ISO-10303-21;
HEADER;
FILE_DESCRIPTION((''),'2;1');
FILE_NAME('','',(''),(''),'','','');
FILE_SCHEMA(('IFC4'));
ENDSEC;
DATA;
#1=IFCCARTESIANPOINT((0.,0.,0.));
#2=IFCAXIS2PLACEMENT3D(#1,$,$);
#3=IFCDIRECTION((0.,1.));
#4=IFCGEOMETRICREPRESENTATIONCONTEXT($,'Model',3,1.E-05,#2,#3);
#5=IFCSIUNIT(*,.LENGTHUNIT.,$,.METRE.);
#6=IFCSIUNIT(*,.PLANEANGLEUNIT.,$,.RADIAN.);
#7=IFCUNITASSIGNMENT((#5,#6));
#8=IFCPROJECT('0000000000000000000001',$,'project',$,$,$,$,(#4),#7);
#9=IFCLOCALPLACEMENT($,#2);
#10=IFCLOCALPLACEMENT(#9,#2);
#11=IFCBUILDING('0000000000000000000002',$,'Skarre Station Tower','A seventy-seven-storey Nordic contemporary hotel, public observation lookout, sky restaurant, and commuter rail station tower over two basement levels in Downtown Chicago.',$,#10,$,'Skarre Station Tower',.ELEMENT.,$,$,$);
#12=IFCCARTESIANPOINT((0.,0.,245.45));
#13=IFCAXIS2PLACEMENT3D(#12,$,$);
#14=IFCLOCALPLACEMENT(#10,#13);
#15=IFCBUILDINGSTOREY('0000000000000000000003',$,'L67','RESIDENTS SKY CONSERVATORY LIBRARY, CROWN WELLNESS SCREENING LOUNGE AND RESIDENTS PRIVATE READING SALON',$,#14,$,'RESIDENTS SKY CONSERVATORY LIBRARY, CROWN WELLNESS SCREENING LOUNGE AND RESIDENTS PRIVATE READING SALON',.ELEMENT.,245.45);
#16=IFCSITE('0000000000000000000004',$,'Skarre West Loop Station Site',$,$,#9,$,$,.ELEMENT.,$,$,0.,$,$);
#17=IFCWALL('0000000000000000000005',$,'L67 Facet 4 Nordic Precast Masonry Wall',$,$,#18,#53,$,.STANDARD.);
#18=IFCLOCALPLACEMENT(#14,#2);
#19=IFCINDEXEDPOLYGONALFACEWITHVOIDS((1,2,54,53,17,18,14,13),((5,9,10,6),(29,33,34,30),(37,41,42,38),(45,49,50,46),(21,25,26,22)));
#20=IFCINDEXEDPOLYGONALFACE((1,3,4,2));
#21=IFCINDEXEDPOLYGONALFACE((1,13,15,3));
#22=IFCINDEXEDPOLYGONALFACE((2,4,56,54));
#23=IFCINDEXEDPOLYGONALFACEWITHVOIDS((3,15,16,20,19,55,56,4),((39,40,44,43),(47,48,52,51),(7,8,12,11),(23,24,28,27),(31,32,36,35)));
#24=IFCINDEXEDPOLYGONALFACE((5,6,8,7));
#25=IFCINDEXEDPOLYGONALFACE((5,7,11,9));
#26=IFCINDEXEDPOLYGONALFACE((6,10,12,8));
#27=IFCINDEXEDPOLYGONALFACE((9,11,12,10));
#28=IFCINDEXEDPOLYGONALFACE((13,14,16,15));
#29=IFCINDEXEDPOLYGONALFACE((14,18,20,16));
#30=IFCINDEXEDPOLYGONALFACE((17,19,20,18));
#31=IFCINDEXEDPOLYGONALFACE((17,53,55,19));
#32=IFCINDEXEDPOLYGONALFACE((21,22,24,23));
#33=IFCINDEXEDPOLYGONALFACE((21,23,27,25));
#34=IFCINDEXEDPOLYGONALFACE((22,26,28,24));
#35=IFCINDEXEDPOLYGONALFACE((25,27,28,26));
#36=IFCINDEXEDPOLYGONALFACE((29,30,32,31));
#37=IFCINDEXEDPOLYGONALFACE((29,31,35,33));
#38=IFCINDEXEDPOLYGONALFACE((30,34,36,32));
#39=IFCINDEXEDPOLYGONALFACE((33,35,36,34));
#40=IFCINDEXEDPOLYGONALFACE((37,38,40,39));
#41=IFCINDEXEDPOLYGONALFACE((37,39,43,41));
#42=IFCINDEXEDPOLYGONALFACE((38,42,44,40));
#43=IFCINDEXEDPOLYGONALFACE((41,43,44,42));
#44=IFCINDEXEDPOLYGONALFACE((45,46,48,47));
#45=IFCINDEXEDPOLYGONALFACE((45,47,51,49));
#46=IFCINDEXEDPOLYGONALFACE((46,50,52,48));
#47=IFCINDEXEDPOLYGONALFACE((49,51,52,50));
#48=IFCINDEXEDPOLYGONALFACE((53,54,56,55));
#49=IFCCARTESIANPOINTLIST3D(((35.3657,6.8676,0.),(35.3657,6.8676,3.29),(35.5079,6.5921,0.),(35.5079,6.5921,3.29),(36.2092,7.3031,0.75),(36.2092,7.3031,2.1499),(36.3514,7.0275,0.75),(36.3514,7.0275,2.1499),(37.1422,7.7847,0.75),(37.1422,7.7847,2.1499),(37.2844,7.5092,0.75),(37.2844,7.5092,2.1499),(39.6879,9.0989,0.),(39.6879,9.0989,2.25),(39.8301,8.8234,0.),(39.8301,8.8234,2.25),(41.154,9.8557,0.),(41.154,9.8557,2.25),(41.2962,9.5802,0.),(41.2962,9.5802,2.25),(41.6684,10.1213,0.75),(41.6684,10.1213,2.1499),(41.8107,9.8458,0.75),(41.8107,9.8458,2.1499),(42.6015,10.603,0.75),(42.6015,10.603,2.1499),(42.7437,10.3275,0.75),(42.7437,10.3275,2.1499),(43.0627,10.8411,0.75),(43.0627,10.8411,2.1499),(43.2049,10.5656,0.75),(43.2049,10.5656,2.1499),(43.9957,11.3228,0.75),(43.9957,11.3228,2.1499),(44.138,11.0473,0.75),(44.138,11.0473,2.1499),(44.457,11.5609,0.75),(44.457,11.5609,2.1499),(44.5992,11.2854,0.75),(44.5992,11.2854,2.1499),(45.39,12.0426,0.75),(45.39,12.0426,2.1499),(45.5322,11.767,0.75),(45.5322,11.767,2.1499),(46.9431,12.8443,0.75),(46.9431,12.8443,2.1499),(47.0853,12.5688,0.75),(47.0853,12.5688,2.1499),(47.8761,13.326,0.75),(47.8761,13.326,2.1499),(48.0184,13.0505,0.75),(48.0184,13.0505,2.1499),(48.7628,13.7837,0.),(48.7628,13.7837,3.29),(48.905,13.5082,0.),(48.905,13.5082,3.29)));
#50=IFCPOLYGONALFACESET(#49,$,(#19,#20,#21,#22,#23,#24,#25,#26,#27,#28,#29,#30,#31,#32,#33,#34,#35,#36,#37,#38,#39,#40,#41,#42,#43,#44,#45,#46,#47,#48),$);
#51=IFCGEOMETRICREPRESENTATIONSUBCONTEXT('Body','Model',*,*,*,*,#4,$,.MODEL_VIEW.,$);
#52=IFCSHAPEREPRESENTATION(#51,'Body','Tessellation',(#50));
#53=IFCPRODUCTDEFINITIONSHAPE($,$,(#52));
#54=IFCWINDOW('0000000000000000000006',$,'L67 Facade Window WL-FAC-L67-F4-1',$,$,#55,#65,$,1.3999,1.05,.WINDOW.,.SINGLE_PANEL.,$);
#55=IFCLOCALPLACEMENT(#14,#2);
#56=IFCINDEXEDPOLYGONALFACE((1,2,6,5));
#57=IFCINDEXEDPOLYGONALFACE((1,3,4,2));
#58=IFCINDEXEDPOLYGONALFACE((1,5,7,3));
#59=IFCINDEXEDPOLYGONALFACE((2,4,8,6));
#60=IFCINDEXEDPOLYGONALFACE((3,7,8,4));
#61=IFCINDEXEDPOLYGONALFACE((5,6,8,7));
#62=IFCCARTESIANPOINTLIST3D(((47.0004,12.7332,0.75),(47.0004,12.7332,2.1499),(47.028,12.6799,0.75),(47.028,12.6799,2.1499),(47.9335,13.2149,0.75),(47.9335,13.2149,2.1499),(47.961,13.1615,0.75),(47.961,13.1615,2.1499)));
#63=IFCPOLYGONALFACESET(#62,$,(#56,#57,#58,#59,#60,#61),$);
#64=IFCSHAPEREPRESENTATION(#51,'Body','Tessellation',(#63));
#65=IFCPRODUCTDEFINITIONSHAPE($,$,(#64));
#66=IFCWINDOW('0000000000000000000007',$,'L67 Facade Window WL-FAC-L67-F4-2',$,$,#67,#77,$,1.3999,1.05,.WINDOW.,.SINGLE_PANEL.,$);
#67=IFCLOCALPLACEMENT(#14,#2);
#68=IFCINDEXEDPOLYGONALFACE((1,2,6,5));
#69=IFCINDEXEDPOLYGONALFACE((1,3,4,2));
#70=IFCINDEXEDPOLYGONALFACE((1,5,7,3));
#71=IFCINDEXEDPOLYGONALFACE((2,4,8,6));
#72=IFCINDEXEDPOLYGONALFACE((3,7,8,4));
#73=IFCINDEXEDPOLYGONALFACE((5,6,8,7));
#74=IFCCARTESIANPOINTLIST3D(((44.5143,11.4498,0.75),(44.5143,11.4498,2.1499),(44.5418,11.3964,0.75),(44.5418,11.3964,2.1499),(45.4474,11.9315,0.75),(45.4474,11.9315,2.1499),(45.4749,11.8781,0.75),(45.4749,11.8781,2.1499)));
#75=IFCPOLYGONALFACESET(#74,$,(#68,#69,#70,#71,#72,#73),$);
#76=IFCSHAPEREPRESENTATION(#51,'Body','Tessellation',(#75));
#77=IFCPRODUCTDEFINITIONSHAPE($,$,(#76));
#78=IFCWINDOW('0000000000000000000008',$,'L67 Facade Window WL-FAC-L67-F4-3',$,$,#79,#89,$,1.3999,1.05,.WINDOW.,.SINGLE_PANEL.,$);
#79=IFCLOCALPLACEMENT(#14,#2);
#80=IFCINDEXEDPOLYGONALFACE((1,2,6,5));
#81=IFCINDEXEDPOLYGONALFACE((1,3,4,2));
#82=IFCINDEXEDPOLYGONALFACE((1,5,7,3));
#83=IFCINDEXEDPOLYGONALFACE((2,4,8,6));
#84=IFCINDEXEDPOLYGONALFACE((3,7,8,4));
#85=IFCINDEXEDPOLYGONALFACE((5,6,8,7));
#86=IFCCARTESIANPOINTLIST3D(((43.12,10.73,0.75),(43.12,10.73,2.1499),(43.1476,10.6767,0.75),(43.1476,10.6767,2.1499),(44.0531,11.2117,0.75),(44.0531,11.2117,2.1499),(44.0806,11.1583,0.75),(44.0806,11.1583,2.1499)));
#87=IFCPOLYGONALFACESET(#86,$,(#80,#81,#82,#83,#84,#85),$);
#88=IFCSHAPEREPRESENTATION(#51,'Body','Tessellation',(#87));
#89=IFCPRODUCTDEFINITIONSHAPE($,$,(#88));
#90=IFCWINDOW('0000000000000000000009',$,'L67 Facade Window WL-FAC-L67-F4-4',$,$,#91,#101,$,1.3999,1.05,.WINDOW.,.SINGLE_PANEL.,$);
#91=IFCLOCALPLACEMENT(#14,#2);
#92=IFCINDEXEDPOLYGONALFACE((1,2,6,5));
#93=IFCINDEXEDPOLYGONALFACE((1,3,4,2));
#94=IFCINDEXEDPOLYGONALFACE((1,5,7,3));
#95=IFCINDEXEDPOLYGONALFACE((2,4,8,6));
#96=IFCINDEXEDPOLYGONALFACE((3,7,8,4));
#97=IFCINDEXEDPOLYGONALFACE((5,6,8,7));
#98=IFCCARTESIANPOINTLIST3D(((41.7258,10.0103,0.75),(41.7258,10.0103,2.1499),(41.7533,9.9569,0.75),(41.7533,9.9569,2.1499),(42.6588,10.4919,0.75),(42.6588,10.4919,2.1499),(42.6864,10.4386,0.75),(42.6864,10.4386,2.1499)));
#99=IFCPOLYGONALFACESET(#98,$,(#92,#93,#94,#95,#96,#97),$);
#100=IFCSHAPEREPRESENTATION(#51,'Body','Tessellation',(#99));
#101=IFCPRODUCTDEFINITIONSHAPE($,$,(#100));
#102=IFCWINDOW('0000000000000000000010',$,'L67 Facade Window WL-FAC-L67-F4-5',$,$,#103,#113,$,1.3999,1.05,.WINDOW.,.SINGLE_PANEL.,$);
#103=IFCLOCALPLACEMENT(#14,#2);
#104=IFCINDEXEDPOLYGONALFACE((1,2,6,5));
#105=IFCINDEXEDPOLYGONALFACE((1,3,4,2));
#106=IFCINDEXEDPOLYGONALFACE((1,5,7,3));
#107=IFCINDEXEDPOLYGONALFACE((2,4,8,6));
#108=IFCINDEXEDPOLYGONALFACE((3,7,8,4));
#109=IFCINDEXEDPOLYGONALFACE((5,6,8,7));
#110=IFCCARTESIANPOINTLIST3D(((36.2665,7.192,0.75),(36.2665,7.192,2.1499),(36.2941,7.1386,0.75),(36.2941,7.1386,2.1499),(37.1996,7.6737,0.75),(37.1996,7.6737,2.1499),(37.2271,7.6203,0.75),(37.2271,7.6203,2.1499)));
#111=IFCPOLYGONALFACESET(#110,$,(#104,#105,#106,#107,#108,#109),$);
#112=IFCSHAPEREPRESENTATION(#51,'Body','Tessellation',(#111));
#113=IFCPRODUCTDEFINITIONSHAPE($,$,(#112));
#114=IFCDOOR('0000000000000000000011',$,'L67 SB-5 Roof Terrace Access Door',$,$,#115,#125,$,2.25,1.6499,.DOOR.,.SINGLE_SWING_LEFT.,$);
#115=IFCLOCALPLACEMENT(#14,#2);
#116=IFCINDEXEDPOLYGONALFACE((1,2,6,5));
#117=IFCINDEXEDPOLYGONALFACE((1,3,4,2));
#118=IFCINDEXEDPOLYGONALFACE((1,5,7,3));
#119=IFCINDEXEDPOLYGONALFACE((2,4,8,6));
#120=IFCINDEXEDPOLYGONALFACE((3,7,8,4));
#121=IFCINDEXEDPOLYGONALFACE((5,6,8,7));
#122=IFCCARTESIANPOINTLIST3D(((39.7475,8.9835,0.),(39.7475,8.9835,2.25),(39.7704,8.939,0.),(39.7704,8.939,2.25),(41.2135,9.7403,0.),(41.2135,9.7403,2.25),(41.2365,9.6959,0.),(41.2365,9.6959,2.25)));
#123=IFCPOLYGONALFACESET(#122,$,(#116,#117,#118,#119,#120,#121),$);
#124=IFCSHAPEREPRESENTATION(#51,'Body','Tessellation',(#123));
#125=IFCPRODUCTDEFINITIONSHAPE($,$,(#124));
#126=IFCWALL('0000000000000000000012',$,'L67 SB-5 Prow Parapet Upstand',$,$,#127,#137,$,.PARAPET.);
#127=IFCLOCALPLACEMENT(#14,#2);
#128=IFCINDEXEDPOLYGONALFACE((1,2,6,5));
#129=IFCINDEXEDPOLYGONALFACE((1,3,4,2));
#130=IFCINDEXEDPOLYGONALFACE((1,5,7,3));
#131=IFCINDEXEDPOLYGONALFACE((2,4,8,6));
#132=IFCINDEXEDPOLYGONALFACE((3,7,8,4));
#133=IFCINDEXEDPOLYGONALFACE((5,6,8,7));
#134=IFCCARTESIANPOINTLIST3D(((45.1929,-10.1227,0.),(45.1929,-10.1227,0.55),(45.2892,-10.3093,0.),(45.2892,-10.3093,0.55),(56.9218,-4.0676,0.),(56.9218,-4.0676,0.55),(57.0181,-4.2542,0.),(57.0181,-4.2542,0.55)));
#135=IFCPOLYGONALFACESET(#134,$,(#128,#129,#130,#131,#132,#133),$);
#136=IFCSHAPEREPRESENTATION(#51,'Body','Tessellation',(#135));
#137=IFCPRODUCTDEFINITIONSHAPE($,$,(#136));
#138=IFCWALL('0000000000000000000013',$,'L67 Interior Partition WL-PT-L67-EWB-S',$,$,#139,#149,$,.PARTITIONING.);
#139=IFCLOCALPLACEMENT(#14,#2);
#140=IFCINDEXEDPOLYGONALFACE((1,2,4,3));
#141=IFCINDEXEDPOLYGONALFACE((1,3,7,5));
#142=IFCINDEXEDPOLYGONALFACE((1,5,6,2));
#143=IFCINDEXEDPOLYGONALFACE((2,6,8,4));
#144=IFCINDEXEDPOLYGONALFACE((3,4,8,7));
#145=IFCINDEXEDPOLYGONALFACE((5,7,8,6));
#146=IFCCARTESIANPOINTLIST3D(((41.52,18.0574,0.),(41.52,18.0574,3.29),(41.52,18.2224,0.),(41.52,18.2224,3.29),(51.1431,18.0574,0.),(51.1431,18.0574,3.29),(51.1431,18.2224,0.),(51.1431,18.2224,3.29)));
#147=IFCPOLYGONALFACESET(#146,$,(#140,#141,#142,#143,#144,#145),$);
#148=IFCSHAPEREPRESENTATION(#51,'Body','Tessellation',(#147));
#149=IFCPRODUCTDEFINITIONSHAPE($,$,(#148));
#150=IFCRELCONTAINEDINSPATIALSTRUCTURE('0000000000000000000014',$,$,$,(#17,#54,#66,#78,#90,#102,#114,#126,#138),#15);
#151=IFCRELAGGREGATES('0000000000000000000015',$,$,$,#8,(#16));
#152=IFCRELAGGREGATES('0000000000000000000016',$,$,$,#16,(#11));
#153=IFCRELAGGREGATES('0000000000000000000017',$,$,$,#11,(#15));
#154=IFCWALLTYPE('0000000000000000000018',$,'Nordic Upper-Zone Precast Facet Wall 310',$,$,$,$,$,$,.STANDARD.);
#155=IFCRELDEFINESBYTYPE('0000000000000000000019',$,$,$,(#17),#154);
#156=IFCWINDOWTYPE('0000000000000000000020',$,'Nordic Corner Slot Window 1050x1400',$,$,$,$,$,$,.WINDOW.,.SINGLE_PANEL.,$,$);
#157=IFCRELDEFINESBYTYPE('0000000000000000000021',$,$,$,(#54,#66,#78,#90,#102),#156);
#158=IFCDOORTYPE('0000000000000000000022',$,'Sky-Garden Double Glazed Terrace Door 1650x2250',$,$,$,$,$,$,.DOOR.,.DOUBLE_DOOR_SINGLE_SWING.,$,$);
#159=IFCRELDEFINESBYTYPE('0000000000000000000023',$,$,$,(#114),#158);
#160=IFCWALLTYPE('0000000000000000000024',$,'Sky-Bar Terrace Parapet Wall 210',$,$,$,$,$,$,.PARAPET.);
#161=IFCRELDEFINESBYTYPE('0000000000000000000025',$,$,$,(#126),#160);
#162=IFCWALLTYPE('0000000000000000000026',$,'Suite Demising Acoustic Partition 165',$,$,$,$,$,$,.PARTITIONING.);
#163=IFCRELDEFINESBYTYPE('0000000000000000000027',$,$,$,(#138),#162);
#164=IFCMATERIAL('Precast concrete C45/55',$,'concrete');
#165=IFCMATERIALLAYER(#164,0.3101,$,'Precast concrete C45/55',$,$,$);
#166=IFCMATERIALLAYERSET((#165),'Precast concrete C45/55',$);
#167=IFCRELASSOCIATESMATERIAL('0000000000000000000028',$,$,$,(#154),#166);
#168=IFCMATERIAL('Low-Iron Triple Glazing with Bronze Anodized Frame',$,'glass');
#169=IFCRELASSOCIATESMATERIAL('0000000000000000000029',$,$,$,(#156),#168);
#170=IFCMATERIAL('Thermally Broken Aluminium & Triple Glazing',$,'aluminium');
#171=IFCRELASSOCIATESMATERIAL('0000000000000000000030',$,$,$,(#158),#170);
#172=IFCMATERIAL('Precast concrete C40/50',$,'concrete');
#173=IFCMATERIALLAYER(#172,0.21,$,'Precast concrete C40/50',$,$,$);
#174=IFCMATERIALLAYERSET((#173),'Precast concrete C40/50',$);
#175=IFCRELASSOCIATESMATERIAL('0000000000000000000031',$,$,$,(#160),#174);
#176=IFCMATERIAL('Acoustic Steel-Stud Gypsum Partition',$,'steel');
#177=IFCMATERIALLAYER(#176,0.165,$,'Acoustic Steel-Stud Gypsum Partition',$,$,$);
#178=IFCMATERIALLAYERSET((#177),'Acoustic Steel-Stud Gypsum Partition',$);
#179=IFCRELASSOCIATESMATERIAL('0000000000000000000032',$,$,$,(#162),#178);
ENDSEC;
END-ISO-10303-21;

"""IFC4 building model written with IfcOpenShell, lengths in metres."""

from ifc_helpers import new_model, si_unit, direction, frame, frame_2d, origin, place, context, subcontext, project, spatial, rectangle, extrude, material, layer, layer_set, type_object, element, fill, save


model = new_model("IFC4")

# Units and contexts
model_context = context("Model", 3, precision=1e-05, world=origin(), true_north=direction((0.0, 1.0)))
body_context = subcontext(model_context, "Body", "Model", "MODEL_VIEW")
ifc_project = project(units=[si_unit("LENGTHUNIT", "METRE"), si_unit("PLANEANGLEUNIT", "RADIAN")], contexts=[model_context])

# Site, building, storey
site_placement = place(None, origin())
site = spatial("IfcSite", under=ifc_project, at=site_placement, Name="Skarre West Loop Station Site", CompositionType="ELEMENT", RefElevation=0.0)
building_placement = place(site_placement, origin())
building = spatial("IfcBuilding", under=site, at=building_placement, Name="Skarre Station Tower", Description="A seventy-seven-storey Nordic contemporary hotel, public observation lookout, sky restaurant, and commuter rail station tower over two basement levels in Downtown Chicago.", LongName="Skarre Station Tower", CompositionType="ELEMENT")
storey_placement = place(building_placement, frame((0.0, 0.0, 245.45)))
storey = spatial("IfcBuildingStorey", under=building, at=storey_placement, Name="L67", Description="RESIDENTS SKY CONSERVATORY LIBRARY, CROWN WELLNESS SCREENING LOUNGE AND RESIDENTS PRIVATE READING SALON", LongName="RESIDENTS SKY CONSERVATORY LIBRARY, CROWN WELLNESS SCREENING LOUNGE AND RESIDENTS PRIVATE READING SALON", CompositionType="ELEMENT", Elevation=245.45)

# Shared definitions
ifc_material_1 = material(Name="Acoustic Steel-Stud Gypsum Partition", Category="steel")

# Shared definitions
ifc_material_2 = material(Name="Precast concrete C45/55", Category="concrete")

# Wall, openings, windows, door
ifc_layer_1 = layer(ifc_material_2, 0.3101, Name="Precast concrete C45/55")
ifc_layer_set_1 = layer_set([ifc_layer_1], Name="Precast concrete C45/55")
wall_type_1 = type_object("IfcWallType", Name="Nordic Upper-Zone Precast Facet Wall 310", PredefinedType="STANDARD", material=ifc_layer_set_1)
wall_1_placement = place(storey_placement, frame((48.834, 13.646, 0.0), z_axis=(0.0, 0.0, 1.0), x_axis=(-0.888581, -0.458719, 0.0)))
wall_1 = element("IfcWall", 1, at=wall_1_placement, inside=storey, type_object=wall_type_1, Name="L67 Facet 4 Nordic Precast Masonry Wall", PredefinedType="STANDARD", context=body_context, shape_type="SweptSolid", body=[
    extrude(rectangle(XDim=15.0769, YDim=0.3101, at=frame_2d((7.5386, 0.0))), origin(), (0.0, 0.0, 1.0), 3.29),
])
opening_1_placement = place(wall_1_placement, frame((8.563, 0.0, 0.0)))
opening_1 = element("IfcOpeningElement", 2, at=opening_1_placement, cuts=wall_1, PredefinedType="OPENING", context=body_context, shape_type="SweptSolid", body=[
    extrude(rectangle(XDim=1.6499, YDim=2.25, at=frame_2d((0.825, 1.125))), frame((0.0, 0.165, 0.0), z_axis=(0.0, -1.0, 0.0), x_axis=(1.0, 0.0, 0.0)), (0.0, 0.0, 1.0), 0.3301),
])
opening_2_placement = place(wall_1_placement, frame((0.998, 0.0, 0.75)))
opening_2 = element("IfcOpeningElement", 3, at=opening_2_placement, cuts=wall_1, PredefinedType="OPENING", context=body_context, shape_type="SweptSolid", body=[
    extrude(rectangle(XDim=1.05, YDim=1.3999, at=frame_2d((0.5249, 0.7))), frame((0.0, 0.165, 0.0), z_axis=(0.0, -1.0, 0.0), x_axis=(1.0, 0.0, 0.0)), (0.0, 0.0, 1.0), 0.3301),
])
opening_3_placement = place(wall_1_placement, frame((3.7959, 0.0, 0.75)))
opening_3 = element("IfcOpeningElement", 4, at=opening_3_placement, cuts=wall_1, PredefinedType="OPENING", context=body_context, shape_type="SweptSolid", body=[
    extrude(rectangle(XDim=1.05, YDim=1.3999, at=frame_2d((0.5249, 0.7))), frame((0.0, 0.165, 0.0), z_axis=(0.0, -1.0, 0.0), x_axis=(1.0, 0.0, 0.0)), (0.0, 0.0, 1.0), 0.3301),
])
opening_4_placement = place(wall_1_placement, frame((5.365, 0.0, 0.75)))
opening_4 = element("IfcOpeningElement", 5, at=opening_4_placement, cuts=wall_1, PredefinedType="OPENING", context=body_context, shape_type="SweptSolid", body=[
    extrude(rectangle(XDim=1.05, YDim=1.3999, at=frame_2d((0.5249, 0.7))), frame((0.0, 0.165, 0.0), z_axis=(0.0, -1.0, 0.0), x_axis=(1.0, 0.0, 0.0)), (0.0, 0.0, 1.0), 0.3301),
])
opening_5_placement = place(wall_1_placement, frame((6.9341, 0.0, 0.75)))
opening_5 = element("IfcOpeningElement", 6, at=opening_5_placement, cuts=wall_1, PredefinedType="OPENING", context=body_context, shape_type="SweptSolid", body=[
    extrude(rectangle(XDim=1.05, YDim=1.3999, at=frame_2d((0.5249, 0.7))), frame((0.0, 0.165, 0.0), z_axis=(0.0, -1.0, 0.0), x_axis=(1.0, 0.0, 0.0)), (0.0, 0.0, 1.0), 0.3301),
])
opening_6_placement = place(wall_1_placement, frame((13.0779, 0.0, 0.75)))
opening_6 = element("IfcOpeningElement", 7, at=opening_6_placement, cuts=wall_1, PredefinedType="OPENING", context=body_context, shape_type="SweptSolid", body=[
    extrude(rectangle(XDim=1.05, YDim=1.3999, at=frame_2d((0.5249, 0.7))), frame((0.0, 0.165, 0.0), z_axis=(0.0, -1.0, 0.0), x_axis=(1.0, 0.0, 0.0)), (0.0, 0.0, 1.0), 0.3301),
])
ifc_material_3 = material(Name="Low-Iron Triple Glazing with Bronze Anodized Frame", Category="glass")
window_type = type_object("IfcWindowType", Name="Nordic Corner Slot Window 1050x1400", PartitioningType="SINGLE_PANEL", PredefinedType="WINDOW", material=ifc_material_3)
window_1_placement = place(opening_2_placement, origin())
window_1 = element("IfcWindow", 8, at=window_1_placement, inside=storey, type_object=window_type, Name="L67 Facade Window WL-FAC-L67-F4-1", OverallHeight=1.3999, OverallWidth=1.05, PartitioningType="SINGLE_PANEL", PredefinedType="WINDOW", context=body_context, shape_type="SweptSolid", body=[
    extrude(rectangle(XDim=1.05, YDim=1.3999, at=frame_2d((0.5249, 0.7))), frame((0.0, 0.03, 0.0), z_axis=(0.0, -1.0, 0.0), x_axis=(1.0, 0.0, 0.0)), (0.0, 0.0, 1.0), 0.0601),
])
fill(opening_2, window_1)
window_2_placement = place(opening_3_placement, origin())
window_2 = element("IfcWindow", 9, at=window_2_placement, inside=storey, type_object=window_type, Name="L67 Facade Window WL-FAC-L67-F4-2", OverallHeight=1.3999, OverallWidth=1.05, PartitioningType="SINGLE_PANEL", PredefinedType="WINDOW", context=body_context, shape_type="SweptSolid", body=[
    extrude(rectangle(XDim=1.05, YDim=1.3999, at=frame_2d((0.5249, 0.7))), frame((0.0, 0.03, 0.0), z_axis=(0.0, -1.0, 0.0), x_axis=(1.0, 0.0, 0.0)), (0.0, 0.0, 1.0), 0.0601),
])
fill(opening_3, window_2)
window_3_placement = place(opening_4_placement, origin())
window_3 = element("IfcWindow", 10, at=window_3_placement, inside=storey, type_object=window_type, Name="L67 Facade Window WL-FAC-L67-F4-3", OverallHeight=1.3999, OverallWidth=1.05, PartitioningType="SINGLE_PANEL", PredefinedType="WINDOW", context=body_context, shape_type="SweptSolid", body=[
    extrude(rectangle(XDim=1.05, YDim=1.3999, at=frame_2d((0.5249, 0.7))), frame((0.0, 0.03, 0.0), z_axis=(0.0, -1.0, 0.0), x_axis=(1.0, 0.0, 0.0)), (0.0, 0.0, 1.0), 0.0601),
])
fill(opening_4, window_3)
window_4_placement = place(opening_5_placement, origin())
window_4 = element("IfcWindow", 11, at=window_4_placement, inside=storey, type_object=window_type, Name="L67 Facade Window WL-FAC-L67-F4-4", OverallHeight=1.3999, OverallWidth=1.05, PartitioningType="SINGLE_PANEL", PredefinedType="WINDOW", context=body_context, shape_type="SweptSolid", body=[
    extrude(rectangle(XDim=1.05, YDim=1.3999, at=frame_2d((0.5249, 0.7))), frame((0.0, 0.03, 0.0), z_axis=(0.0, -1.0, 0.0), x_axis=(1.0, 0.0, 0.0)), (0.0, 0.0, 1.0), 0.0601),
])
fill(opening_5, window_4)
window_5_placement = place(opening_6_placement, origin())
window_5 = element("IfcWindow", 12, at=window_5_placement, inside=storey, type_object=window_type, Name="L67 Facade Window WL-FAC-L67-F4-5", OverallHeight=1.3999, OverallWidth=1.05, PartitioningType="SINGLE_PANEL", PredefinedType="WINDOW", context=body_context, shape_type="SweptSolid", body=[
    extrude(rectangle(XDim=1.05, YDim=1.3999, at=frame_2d((0.5249, 0.7))), frame((0.0, 0.03, 0.0), z_axis=(0.0, -1.0, 0.0), x_axis=(1.0, 0.0, 0.0)), (0.0, 0.0, 1.0), 0.0601),
])
fill(opening_6, window_5)
ifc_material_4 = material(Name="Thermally Broken Aluminium & Triple Glazing", Category="aluminium")
door_type_1 = type_object("IfcDoorType", Name="Sky-Garden Double Glazed Terrace Door 1650x2250", OperationType="DOUBLE_DOOR_SINGLE_SWING", PredefinedType="DOOR", material=ifc_material_4)
door_1_placement = place(opening_1_placement, origin())
door_1 = element("IfcDoor", 13, at=door_1_placement, inside=storey, type_object=door_type_1, Name="L67 SB-5 Roof Terrace Access Door", OperationType="SINGLE_SWING_LEFT", OverallHeight=2.25, OverallWidth=1.6499, PredefinedType="DOOR", context=body_context, shape_type="SweptSolid", body=[
    extrude(rectangle(XDim=1.6499, YDim=2.25, at=frame_2d((0.825, 1.125))), frame((0.0, 0.0249, 0.0), z_axis=(0.0, -1.0, 0.0), x_axis=(1.0, 0.0, 0.0)), (0.0, 0.0, 1.0), 0.05),
])
fill(opening_1, door_1)

# Walls
ifc_material_5 = material(Name="Precast concrete C40/50", Category="concrete")
ifc_layer_2 = layer(ifc_material_5, 0.21, Name="Precast concrete C40/50")
ifc_layer_set_2 = layer_set([ifc_layer_2], Name="Precast concrete C40/50")
wall_type_2 = type_object("IfcWallType", Name="Sky-Bar Terrace Parapet Wall 210", PredefinedType="PARAPET", material=ifc_layer_set_2)
wall_2_placement = place(storey_placement, frame((56.97, -4.1609, 0.0), z_axis=(0.0, 0.0, 1.0), x_axis=(-0.888574, -0.458732, 0.0)))
element("IfcWall", 14, at=wall_2_placement, inside=storey, type_object=wall_type_2, Name="L67 SB-5 Prow Parapet Upstand", PredefinedType="PARAPET", context=body_context, shape_type="SweptSolid", body=[
    extrude(rectangle(XDim=13.1997, YDim=0.21, at=frame_2d((6.5999, 0.0))), origin(), (0.0, 0.0, 1.0), 0.55),
])
ifc_layer_3 = layer(ifc_material_1, 0.165, Name="Acoustic Steel-Stud Gypsum Partition")
ifc_layer_set_3 = layer_set([ifc_layer_3], Name="Acoustic Steel-Stud Gypsum Partition")
wall_type_3 = type_object("IfcWallType", Name="Suite Demising Acoustic Partition 165", PredefinedType="PARTITIONING", material=ifc_layer_set_3)
wall_3_placement = place(storey_placement, frame((41.52, 18.1399, 0.0), z_axis=(0.0, 0.0, 1.0), x_axis=(1.0, 0.0, 0.0)))
element("IfcWall", 15, at=wall_3_placement, inside=storey, type_object=wall_type_3, Name="L67 Interior Partition WL-PT-L67-EWB-S", PredefinedType="PARTITIONING", context=body_context, shape_type="SweptSolid", body=[
    extrude(rectangle(XDim=9.623, YDim=0.165, at=frame_2d((4.8115, 0.0))), origin(), (0.0, 0.0, 1.0), 3.29),
])

save(model, "model.ifc")
